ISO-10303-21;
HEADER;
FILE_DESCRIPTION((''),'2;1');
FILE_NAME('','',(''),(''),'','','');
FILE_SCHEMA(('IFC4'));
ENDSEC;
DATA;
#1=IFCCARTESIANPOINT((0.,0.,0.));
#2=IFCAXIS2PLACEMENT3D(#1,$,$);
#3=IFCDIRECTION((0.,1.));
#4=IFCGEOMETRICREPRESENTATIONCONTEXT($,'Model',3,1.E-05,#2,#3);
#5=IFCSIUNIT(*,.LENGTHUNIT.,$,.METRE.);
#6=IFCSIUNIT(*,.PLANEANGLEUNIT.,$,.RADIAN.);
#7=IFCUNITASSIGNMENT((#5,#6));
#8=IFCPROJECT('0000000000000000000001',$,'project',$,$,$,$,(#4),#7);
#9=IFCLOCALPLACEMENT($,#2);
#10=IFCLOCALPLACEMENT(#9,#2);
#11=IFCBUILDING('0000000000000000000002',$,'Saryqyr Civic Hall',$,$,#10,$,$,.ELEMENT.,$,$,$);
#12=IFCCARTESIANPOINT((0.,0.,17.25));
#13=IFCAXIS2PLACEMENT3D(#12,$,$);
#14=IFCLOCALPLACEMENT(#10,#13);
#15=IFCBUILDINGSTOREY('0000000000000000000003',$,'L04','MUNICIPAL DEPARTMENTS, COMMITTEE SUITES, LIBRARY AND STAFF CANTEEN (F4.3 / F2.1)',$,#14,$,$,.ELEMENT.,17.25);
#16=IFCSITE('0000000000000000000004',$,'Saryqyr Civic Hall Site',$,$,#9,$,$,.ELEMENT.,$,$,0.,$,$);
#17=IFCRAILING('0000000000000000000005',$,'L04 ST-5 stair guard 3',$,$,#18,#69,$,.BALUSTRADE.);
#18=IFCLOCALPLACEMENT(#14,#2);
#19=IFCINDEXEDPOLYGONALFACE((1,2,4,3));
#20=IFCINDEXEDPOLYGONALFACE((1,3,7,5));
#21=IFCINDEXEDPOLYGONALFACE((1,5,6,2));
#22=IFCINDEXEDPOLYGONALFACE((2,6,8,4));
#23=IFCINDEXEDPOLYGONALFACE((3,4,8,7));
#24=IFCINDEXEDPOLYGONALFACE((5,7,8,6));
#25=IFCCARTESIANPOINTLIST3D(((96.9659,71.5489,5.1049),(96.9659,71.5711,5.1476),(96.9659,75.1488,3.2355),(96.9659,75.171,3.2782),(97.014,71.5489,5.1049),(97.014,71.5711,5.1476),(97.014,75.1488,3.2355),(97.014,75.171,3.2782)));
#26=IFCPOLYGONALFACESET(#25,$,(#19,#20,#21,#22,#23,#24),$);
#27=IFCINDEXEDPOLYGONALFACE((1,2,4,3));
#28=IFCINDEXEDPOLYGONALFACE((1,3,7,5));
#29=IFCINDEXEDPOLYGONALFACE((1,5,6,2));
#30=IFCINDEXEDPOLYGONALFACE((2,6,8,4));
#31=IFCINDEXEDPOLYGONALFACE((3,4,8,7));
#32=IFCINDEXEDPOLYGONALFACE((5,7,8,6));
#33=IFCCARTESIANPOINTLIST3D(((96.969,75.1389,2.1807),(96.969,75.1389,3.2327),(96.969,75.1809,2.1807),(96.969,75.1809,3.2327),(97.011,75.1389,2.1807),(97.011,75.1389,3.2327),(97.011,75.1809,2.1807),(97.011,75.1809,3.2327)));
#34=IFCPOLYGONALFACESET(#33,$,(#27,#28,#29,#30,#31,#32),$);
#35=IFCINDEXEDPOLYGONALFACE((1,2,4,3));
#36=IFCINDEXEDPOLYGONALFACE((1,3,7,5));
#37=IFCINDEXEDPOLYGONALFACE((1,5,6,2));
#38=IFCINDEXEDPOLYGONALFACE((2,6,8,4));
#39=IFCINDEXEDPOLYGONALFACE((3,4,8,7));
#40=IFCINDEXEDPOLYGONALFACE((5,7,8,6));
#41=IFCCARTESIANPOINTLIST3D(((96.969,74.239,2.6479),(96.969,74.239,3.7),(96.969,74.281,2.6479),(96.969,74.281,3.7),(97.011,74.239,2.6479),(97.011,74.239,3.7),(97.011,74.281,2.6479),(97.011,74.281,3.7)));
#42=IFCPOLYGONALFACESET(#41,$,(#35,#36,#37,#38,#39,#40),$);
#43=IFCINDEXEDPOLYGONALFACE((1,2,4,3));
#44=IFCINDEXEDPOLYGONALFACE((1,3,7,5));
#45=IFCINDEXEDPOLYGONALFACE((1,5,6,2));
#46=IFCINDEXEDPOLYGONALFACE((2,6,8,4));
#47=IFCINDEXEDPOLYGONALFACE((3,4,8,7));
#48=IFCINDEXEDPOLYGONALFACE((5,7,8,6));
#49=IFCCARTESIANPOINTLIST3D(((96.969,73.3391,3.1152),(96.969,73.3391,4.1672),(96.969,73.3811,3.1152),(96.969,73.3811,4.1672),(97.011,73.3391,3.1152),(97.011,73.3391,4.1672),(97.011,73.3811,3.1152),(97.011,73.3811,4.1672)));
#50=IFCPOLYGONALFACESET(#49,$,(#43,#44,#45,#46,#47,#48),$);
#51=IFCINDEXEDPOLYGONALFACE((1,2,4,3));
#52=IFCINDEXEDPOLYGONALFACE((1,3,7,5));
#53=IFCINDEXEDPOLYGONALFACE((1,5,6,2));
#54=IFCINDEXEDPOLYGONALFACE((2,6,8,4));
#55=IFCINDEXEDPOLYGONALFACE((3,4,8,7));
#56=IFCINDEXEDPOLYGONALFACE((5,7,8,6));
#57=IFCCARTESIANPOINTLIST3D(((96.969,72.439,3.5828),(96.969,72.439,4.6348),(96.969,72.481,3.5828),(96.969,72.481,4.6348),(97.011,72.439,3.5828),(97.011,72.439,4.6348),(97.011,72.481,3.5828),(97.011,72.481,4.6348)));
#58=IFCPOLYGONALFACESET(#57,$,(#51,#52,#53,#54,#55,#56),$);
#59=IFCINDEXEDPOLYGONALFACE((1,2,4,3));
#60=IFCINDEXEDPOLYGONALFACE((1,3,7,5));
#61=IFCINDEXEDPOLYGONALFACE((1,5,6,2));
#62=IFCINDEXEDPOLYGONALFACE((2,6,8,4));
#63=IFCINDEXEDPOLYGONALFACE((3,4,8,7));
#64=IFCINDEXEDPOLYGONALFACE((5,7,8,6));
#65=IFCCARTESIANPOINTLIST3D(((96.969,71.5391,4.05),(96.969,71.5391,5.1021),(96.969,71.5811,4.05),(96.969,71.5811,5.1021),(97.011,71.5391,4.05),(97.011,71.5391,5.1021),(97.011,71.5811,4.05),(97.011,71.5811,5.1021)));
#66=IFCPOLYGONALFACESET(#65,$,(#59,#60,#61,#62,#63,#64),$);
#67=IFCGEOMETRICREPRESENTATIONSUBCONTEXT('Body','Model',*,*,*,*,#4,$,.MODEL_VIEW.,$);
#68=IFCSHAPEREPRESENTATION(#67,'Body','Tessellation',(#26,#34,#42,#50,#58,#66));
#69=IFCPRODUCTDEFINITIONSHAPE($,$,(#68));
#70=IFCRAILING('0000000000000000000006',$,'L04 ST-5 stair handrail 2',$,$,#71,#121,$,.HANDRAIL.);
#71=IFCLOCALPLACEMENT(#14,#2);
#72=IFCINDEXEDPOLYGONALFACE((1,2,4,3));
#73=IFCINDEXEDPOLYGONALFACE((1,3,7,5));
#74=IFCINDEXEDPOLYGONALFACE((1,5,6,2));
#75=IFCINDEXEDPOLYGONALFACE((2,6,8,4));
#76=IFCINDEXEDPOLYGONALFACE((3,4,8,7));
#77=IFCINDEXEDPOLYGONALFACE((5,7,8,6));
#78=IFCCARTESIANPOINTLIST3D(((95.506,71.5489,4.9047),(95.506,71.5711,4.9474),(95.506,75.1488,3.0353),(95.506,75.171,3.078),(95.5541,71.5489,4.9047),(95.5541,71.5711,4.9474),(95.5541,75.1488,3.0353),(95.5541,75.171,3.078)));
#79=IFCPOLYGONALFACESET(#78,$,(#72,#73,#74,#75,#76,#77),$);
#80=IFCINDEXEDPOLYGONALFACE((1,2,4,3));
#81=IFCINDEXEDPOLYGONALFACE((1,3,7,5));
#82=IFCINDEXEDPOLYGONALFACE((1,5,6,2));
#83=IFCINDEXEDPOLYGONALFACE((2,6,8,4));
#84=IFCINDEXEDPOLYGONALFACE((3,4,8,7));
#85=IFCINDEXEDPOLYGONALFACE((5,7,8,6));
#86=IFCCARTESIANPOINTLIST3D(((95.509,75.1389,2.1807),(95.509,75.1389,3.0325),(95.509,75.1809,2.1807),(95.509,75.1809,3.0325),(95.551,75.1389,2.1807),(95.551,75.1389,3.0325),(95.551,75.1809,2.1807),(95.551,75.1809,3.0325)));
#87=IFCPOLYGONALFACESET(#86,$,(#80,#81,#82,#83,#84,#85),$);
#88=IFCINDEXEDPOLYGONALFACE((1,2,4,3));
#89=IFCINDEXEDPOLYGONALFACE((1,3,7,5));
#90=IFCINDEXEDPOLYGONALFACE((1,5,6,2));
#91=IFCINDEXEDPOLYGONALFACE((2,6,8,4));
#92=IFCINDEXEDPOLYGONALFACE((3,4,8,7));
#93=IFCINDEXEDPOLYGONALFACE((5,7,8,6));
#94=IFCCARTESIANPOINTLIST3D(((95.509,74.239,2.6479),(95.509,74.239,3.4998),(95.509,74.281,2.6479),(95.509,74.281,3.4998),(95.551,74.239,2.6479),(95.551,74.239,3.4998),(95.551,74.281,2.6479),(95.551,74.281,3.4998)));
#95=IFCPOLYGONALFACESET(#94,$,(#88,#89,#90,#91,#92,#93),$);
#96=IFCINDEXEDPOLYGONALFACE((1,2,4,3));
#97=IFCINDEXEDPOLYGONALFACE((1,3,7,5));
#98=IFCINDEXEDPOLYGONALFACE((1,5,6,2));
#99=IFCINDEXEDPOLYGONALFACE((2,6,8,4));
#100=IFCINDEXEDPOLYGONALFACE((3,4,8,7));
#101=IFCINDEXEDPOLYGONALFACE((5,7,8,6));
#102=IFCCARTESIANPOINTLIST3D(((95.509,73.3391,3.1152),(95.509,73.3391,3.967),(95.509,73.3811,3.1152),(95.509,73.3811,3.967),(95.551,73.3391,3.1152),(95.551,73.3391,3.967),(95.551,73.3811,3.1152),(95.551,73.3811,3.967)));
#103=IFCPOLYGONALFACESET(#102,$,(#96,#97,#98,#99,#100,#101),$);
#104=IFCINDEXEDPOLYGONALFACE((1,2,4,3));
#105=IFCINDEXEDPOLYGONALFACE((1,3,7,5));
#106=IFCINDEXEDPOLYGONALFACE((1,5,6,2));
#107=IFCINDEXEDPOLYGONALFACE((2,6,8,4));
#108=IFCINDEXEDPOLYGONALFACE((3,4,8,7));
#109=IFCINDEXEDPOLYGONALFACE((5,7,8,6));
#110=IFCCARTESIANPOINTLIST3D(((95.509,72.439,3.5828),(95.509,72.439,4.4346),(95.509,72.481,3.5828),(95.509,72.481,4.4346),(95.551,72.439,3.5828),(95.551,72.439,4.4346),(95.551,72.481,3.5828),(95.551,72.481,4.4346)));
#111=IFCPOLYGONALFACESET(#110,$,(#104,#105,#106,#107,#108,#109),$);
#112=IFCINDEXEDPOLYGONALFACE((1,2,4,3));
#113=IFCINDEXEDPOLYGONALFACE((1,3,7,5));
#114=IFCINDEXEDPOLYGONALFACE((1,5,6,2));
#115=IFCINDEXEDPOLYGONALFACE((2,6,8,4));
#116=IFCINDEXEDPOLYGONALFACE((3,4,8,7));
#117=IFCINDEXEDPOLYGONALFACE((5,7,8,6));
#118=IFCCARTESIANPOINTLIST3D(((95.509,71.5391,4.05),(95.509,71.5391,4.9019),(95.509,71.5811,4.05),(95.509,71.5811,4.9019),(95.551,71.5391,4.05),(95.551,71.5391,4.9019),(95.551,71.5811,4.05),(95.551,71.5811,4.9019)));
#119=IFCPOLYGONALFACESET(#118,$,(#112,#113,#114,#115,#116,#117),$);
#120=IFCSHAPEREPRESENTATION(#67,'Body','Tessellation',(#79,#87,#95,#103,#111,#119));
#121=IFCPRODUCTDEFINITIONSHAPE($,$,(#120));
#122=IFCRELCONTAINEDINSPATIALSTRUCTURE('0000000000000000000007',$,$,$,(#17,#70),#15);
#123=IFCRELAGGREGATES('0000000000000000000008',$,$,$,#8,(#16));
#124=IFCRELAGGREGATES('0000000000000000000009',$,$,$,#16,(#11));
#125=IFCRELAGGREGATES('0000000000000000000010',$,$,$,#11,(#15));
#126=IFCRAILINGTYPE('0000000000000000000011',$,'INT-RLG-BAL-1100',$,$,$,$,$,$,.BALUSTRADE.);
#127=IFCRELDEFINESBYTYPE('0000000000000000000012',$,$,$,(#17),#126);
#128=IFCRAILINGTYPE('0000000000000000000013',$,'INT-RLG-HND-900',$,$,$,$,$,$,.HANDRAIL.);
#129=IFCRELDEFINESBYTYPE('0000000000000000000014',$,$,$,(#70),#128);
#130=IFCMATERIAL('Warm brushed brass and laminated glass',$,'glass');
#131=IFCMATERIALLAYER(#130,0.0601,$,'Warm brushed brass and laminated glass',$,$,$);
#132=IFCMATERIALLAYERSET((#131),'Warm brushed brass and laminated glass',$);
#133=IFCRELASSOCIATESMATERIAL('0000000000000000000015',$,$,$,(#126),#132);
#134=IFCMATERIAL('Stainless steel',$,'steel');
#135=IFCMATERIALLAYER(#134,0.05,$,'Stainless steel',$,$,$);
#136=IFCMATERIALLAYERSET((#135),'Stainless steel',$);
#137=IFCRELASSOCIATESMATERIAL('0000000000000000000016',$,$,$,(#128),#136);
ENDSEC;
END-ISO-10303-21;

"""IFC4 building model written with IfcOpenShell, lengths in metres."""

from ifc_helpers import new_model, si_unit, direction, frame, origin, origin_2d, place, context, subcontext, project, spatial, rectangle, extrude, material, layer, layer_set, type_object, element, save


model = new_model("IFC4")

# Units and contexts
model_context = context("Model", 3, precision=1e-05, world=origin(), true_north=direction((0.0, 1.0)))
body_context = subcontext(model_context, "Body", "Model", "MODEL_VIEW")
ifc_project = project(units=[si_unit("LENGTHUNIT", "METRE"), si_unit("PLANEANGLEUNIT", "RADIAN")], contexts=[model_context])

# Site, building, storey
site_placement = place(None, origin())
site = spatial("IfcSite", under=ifc_project, at=site_placement, Name="Saryqyr Civic Hall Site", CompositionType="ELEMENT", RefElevation=0.0)
building_placement = place(site_placement, origin())
building = spatial("IfcBuilding", under=site, at=building_placement, Name="Saryqyr Civic Hall", CompositionType="ELEMENT")
storey_placement = place(building_placement, frame((0.0, 0.0, 17.25)))
storey = spatial("IfcBuildingStorey", under=building, at=storey_placement, Name="L04", Description="MUNICIPAL DEPARTMENTS, COMMITTEE SUITES, LIBRARY AND STAFF CANTEEN (F4.3 / F2.1)", CompositionType="ELEMENT", Elevation=17.25)

# Railings
ifc_material_1 = material(Name="Warm brushed brass and laminated glass", Category="glass")
ifc_layer_1 = layer(ifc_material_1, 0.0601, Name="Warm brushed brass and laminated glass")
ifc_layer_set_1 = layer_set([ifc_layer_1], Name="Warm brushed brass and laminated glass")
railing_type_1 = type_object("IfcRailingType", Name="INT-RLG-BAL-1100", PredefinedType="BALUSTRADE", material=ifc_layer_set_1)
railing_1_placement = place(storey_placement, frame((96.99, 75.1599, 2.1807)))
element("IfcRailing", 1, at=railing_1_placement, inside=storey, type_object=railing_type_1, Name="L04 ST-5 stair guard 3", PredefinedType="BALUSTRADE", context=body_context, shape_type="SweptSolid", body=[
    extrude(rectangle(XDim=0.0481, YDim=0.0481, at=origin_2d()), frame((0.0, 0.0, 1.0762), z_axis=(0.0, -0.887473, 0.46086), x_axis=(1.0, 0.0, 0.0)), (0.0, 0.0, 1.0), 4.0564),
    extrude(rectangle(XDim=0.042, YDim=0.042, at=origin_2d()), origin(), (0.0, 0.0, 1.0), 1.052),
    extrude(rectangle(XDim=0.042, YDim=0.042, at=origin_2d()), frame((0.0, -0.8999, 0.4673)), (0.0, 0.0, 1.0), 1.052),
    extrude(rectangle(XDim=0.042, YDim=0.042, at=origin_2d()), frame((0.0, -1.7998, 0.9346)), (0.0, 0.0, 1.0), 1.052),
    extrude(rectangle(XDim=0.042, YDim=0.042, at=origin_2d()), frame((0.0, -2.7, 1.4021)), (0.0, 0.0, 1.0), 1.052),
    extrude(rectangle(XDim=0.042, YDim=0.042, at=origin_2d()), frame((0.0, -3.5999, 1.8694)), (0.0, 0.0, 1.0), 1.052),
])
ifc_material_2 = material(Name="Stainless steel", Category="steel")
ifc_layer_2 = layer(ifc_material_2, 0.05, Name="Stainless steel")
ifc_layer_set_2 = layer_set([ifc_layer_2], Name="Stainless steel")
railing_type_2 = type_object("IfcRailingType", Name="INT-RLG-HND-900", PredefinedType="HANDRAIL", material=ifc_layer_set_2)
railing_2_placement = place(storey_placement, frame((95.53, 75.1599, 2.1807)))
element("IfcRailing", 2, at=railing_2_placement, inside=storey, type_object=railing_type_2, Name="L04 ST-5 stair handrail 2", PredefinedType="HANDRAIL", context=body_context, shape_type="SweptSolid", body=[
    extrude(rectangle(XDim=0.0481, YDim=0.0481, at=origin_2d()), frame((0.0, 0.0, 0.876), z_axis=(0.0, -0.887473, 0.46086), x_axis=(1.0, 0.0, 0.0)), (0.0, 0.0, 1.0), 4.0564),
    extrude(rectangle(XDim=0.042, YDim=0.042, at=origin_2d()), origin(), (0.0, 0.0, 1.0), 0.8518),
    extrude(rectangle(XDim=0.042, YDim=0.042, at=origin_2d()), frame((0.0, -0.8999, 0.4673)), (0.0, 0.0, 1.0), 0.8518),
    extrude(rectangle(XDim=0.042, YDim=0.042, at=origin_2d()), frame((0.0, -1.7998, 0.9346)), (0.0, 0.0, 1.0), 0.8518),
    extrude(rectangle(XDim=0.042, YDim=0.042, at=origin_2d()), frame((0.0, -2.7, 1.4021)), (0.0, 0.0, 1.0), 0.8518),
    extrude(rectangle(XDim=0.042, YDim=0.042, at=origin_2d()), frame((0.0, -3.5999, 1.8694)), (0.0, 0.0, 1.0), 0.8518),
])

save(model, "model.ifc")
